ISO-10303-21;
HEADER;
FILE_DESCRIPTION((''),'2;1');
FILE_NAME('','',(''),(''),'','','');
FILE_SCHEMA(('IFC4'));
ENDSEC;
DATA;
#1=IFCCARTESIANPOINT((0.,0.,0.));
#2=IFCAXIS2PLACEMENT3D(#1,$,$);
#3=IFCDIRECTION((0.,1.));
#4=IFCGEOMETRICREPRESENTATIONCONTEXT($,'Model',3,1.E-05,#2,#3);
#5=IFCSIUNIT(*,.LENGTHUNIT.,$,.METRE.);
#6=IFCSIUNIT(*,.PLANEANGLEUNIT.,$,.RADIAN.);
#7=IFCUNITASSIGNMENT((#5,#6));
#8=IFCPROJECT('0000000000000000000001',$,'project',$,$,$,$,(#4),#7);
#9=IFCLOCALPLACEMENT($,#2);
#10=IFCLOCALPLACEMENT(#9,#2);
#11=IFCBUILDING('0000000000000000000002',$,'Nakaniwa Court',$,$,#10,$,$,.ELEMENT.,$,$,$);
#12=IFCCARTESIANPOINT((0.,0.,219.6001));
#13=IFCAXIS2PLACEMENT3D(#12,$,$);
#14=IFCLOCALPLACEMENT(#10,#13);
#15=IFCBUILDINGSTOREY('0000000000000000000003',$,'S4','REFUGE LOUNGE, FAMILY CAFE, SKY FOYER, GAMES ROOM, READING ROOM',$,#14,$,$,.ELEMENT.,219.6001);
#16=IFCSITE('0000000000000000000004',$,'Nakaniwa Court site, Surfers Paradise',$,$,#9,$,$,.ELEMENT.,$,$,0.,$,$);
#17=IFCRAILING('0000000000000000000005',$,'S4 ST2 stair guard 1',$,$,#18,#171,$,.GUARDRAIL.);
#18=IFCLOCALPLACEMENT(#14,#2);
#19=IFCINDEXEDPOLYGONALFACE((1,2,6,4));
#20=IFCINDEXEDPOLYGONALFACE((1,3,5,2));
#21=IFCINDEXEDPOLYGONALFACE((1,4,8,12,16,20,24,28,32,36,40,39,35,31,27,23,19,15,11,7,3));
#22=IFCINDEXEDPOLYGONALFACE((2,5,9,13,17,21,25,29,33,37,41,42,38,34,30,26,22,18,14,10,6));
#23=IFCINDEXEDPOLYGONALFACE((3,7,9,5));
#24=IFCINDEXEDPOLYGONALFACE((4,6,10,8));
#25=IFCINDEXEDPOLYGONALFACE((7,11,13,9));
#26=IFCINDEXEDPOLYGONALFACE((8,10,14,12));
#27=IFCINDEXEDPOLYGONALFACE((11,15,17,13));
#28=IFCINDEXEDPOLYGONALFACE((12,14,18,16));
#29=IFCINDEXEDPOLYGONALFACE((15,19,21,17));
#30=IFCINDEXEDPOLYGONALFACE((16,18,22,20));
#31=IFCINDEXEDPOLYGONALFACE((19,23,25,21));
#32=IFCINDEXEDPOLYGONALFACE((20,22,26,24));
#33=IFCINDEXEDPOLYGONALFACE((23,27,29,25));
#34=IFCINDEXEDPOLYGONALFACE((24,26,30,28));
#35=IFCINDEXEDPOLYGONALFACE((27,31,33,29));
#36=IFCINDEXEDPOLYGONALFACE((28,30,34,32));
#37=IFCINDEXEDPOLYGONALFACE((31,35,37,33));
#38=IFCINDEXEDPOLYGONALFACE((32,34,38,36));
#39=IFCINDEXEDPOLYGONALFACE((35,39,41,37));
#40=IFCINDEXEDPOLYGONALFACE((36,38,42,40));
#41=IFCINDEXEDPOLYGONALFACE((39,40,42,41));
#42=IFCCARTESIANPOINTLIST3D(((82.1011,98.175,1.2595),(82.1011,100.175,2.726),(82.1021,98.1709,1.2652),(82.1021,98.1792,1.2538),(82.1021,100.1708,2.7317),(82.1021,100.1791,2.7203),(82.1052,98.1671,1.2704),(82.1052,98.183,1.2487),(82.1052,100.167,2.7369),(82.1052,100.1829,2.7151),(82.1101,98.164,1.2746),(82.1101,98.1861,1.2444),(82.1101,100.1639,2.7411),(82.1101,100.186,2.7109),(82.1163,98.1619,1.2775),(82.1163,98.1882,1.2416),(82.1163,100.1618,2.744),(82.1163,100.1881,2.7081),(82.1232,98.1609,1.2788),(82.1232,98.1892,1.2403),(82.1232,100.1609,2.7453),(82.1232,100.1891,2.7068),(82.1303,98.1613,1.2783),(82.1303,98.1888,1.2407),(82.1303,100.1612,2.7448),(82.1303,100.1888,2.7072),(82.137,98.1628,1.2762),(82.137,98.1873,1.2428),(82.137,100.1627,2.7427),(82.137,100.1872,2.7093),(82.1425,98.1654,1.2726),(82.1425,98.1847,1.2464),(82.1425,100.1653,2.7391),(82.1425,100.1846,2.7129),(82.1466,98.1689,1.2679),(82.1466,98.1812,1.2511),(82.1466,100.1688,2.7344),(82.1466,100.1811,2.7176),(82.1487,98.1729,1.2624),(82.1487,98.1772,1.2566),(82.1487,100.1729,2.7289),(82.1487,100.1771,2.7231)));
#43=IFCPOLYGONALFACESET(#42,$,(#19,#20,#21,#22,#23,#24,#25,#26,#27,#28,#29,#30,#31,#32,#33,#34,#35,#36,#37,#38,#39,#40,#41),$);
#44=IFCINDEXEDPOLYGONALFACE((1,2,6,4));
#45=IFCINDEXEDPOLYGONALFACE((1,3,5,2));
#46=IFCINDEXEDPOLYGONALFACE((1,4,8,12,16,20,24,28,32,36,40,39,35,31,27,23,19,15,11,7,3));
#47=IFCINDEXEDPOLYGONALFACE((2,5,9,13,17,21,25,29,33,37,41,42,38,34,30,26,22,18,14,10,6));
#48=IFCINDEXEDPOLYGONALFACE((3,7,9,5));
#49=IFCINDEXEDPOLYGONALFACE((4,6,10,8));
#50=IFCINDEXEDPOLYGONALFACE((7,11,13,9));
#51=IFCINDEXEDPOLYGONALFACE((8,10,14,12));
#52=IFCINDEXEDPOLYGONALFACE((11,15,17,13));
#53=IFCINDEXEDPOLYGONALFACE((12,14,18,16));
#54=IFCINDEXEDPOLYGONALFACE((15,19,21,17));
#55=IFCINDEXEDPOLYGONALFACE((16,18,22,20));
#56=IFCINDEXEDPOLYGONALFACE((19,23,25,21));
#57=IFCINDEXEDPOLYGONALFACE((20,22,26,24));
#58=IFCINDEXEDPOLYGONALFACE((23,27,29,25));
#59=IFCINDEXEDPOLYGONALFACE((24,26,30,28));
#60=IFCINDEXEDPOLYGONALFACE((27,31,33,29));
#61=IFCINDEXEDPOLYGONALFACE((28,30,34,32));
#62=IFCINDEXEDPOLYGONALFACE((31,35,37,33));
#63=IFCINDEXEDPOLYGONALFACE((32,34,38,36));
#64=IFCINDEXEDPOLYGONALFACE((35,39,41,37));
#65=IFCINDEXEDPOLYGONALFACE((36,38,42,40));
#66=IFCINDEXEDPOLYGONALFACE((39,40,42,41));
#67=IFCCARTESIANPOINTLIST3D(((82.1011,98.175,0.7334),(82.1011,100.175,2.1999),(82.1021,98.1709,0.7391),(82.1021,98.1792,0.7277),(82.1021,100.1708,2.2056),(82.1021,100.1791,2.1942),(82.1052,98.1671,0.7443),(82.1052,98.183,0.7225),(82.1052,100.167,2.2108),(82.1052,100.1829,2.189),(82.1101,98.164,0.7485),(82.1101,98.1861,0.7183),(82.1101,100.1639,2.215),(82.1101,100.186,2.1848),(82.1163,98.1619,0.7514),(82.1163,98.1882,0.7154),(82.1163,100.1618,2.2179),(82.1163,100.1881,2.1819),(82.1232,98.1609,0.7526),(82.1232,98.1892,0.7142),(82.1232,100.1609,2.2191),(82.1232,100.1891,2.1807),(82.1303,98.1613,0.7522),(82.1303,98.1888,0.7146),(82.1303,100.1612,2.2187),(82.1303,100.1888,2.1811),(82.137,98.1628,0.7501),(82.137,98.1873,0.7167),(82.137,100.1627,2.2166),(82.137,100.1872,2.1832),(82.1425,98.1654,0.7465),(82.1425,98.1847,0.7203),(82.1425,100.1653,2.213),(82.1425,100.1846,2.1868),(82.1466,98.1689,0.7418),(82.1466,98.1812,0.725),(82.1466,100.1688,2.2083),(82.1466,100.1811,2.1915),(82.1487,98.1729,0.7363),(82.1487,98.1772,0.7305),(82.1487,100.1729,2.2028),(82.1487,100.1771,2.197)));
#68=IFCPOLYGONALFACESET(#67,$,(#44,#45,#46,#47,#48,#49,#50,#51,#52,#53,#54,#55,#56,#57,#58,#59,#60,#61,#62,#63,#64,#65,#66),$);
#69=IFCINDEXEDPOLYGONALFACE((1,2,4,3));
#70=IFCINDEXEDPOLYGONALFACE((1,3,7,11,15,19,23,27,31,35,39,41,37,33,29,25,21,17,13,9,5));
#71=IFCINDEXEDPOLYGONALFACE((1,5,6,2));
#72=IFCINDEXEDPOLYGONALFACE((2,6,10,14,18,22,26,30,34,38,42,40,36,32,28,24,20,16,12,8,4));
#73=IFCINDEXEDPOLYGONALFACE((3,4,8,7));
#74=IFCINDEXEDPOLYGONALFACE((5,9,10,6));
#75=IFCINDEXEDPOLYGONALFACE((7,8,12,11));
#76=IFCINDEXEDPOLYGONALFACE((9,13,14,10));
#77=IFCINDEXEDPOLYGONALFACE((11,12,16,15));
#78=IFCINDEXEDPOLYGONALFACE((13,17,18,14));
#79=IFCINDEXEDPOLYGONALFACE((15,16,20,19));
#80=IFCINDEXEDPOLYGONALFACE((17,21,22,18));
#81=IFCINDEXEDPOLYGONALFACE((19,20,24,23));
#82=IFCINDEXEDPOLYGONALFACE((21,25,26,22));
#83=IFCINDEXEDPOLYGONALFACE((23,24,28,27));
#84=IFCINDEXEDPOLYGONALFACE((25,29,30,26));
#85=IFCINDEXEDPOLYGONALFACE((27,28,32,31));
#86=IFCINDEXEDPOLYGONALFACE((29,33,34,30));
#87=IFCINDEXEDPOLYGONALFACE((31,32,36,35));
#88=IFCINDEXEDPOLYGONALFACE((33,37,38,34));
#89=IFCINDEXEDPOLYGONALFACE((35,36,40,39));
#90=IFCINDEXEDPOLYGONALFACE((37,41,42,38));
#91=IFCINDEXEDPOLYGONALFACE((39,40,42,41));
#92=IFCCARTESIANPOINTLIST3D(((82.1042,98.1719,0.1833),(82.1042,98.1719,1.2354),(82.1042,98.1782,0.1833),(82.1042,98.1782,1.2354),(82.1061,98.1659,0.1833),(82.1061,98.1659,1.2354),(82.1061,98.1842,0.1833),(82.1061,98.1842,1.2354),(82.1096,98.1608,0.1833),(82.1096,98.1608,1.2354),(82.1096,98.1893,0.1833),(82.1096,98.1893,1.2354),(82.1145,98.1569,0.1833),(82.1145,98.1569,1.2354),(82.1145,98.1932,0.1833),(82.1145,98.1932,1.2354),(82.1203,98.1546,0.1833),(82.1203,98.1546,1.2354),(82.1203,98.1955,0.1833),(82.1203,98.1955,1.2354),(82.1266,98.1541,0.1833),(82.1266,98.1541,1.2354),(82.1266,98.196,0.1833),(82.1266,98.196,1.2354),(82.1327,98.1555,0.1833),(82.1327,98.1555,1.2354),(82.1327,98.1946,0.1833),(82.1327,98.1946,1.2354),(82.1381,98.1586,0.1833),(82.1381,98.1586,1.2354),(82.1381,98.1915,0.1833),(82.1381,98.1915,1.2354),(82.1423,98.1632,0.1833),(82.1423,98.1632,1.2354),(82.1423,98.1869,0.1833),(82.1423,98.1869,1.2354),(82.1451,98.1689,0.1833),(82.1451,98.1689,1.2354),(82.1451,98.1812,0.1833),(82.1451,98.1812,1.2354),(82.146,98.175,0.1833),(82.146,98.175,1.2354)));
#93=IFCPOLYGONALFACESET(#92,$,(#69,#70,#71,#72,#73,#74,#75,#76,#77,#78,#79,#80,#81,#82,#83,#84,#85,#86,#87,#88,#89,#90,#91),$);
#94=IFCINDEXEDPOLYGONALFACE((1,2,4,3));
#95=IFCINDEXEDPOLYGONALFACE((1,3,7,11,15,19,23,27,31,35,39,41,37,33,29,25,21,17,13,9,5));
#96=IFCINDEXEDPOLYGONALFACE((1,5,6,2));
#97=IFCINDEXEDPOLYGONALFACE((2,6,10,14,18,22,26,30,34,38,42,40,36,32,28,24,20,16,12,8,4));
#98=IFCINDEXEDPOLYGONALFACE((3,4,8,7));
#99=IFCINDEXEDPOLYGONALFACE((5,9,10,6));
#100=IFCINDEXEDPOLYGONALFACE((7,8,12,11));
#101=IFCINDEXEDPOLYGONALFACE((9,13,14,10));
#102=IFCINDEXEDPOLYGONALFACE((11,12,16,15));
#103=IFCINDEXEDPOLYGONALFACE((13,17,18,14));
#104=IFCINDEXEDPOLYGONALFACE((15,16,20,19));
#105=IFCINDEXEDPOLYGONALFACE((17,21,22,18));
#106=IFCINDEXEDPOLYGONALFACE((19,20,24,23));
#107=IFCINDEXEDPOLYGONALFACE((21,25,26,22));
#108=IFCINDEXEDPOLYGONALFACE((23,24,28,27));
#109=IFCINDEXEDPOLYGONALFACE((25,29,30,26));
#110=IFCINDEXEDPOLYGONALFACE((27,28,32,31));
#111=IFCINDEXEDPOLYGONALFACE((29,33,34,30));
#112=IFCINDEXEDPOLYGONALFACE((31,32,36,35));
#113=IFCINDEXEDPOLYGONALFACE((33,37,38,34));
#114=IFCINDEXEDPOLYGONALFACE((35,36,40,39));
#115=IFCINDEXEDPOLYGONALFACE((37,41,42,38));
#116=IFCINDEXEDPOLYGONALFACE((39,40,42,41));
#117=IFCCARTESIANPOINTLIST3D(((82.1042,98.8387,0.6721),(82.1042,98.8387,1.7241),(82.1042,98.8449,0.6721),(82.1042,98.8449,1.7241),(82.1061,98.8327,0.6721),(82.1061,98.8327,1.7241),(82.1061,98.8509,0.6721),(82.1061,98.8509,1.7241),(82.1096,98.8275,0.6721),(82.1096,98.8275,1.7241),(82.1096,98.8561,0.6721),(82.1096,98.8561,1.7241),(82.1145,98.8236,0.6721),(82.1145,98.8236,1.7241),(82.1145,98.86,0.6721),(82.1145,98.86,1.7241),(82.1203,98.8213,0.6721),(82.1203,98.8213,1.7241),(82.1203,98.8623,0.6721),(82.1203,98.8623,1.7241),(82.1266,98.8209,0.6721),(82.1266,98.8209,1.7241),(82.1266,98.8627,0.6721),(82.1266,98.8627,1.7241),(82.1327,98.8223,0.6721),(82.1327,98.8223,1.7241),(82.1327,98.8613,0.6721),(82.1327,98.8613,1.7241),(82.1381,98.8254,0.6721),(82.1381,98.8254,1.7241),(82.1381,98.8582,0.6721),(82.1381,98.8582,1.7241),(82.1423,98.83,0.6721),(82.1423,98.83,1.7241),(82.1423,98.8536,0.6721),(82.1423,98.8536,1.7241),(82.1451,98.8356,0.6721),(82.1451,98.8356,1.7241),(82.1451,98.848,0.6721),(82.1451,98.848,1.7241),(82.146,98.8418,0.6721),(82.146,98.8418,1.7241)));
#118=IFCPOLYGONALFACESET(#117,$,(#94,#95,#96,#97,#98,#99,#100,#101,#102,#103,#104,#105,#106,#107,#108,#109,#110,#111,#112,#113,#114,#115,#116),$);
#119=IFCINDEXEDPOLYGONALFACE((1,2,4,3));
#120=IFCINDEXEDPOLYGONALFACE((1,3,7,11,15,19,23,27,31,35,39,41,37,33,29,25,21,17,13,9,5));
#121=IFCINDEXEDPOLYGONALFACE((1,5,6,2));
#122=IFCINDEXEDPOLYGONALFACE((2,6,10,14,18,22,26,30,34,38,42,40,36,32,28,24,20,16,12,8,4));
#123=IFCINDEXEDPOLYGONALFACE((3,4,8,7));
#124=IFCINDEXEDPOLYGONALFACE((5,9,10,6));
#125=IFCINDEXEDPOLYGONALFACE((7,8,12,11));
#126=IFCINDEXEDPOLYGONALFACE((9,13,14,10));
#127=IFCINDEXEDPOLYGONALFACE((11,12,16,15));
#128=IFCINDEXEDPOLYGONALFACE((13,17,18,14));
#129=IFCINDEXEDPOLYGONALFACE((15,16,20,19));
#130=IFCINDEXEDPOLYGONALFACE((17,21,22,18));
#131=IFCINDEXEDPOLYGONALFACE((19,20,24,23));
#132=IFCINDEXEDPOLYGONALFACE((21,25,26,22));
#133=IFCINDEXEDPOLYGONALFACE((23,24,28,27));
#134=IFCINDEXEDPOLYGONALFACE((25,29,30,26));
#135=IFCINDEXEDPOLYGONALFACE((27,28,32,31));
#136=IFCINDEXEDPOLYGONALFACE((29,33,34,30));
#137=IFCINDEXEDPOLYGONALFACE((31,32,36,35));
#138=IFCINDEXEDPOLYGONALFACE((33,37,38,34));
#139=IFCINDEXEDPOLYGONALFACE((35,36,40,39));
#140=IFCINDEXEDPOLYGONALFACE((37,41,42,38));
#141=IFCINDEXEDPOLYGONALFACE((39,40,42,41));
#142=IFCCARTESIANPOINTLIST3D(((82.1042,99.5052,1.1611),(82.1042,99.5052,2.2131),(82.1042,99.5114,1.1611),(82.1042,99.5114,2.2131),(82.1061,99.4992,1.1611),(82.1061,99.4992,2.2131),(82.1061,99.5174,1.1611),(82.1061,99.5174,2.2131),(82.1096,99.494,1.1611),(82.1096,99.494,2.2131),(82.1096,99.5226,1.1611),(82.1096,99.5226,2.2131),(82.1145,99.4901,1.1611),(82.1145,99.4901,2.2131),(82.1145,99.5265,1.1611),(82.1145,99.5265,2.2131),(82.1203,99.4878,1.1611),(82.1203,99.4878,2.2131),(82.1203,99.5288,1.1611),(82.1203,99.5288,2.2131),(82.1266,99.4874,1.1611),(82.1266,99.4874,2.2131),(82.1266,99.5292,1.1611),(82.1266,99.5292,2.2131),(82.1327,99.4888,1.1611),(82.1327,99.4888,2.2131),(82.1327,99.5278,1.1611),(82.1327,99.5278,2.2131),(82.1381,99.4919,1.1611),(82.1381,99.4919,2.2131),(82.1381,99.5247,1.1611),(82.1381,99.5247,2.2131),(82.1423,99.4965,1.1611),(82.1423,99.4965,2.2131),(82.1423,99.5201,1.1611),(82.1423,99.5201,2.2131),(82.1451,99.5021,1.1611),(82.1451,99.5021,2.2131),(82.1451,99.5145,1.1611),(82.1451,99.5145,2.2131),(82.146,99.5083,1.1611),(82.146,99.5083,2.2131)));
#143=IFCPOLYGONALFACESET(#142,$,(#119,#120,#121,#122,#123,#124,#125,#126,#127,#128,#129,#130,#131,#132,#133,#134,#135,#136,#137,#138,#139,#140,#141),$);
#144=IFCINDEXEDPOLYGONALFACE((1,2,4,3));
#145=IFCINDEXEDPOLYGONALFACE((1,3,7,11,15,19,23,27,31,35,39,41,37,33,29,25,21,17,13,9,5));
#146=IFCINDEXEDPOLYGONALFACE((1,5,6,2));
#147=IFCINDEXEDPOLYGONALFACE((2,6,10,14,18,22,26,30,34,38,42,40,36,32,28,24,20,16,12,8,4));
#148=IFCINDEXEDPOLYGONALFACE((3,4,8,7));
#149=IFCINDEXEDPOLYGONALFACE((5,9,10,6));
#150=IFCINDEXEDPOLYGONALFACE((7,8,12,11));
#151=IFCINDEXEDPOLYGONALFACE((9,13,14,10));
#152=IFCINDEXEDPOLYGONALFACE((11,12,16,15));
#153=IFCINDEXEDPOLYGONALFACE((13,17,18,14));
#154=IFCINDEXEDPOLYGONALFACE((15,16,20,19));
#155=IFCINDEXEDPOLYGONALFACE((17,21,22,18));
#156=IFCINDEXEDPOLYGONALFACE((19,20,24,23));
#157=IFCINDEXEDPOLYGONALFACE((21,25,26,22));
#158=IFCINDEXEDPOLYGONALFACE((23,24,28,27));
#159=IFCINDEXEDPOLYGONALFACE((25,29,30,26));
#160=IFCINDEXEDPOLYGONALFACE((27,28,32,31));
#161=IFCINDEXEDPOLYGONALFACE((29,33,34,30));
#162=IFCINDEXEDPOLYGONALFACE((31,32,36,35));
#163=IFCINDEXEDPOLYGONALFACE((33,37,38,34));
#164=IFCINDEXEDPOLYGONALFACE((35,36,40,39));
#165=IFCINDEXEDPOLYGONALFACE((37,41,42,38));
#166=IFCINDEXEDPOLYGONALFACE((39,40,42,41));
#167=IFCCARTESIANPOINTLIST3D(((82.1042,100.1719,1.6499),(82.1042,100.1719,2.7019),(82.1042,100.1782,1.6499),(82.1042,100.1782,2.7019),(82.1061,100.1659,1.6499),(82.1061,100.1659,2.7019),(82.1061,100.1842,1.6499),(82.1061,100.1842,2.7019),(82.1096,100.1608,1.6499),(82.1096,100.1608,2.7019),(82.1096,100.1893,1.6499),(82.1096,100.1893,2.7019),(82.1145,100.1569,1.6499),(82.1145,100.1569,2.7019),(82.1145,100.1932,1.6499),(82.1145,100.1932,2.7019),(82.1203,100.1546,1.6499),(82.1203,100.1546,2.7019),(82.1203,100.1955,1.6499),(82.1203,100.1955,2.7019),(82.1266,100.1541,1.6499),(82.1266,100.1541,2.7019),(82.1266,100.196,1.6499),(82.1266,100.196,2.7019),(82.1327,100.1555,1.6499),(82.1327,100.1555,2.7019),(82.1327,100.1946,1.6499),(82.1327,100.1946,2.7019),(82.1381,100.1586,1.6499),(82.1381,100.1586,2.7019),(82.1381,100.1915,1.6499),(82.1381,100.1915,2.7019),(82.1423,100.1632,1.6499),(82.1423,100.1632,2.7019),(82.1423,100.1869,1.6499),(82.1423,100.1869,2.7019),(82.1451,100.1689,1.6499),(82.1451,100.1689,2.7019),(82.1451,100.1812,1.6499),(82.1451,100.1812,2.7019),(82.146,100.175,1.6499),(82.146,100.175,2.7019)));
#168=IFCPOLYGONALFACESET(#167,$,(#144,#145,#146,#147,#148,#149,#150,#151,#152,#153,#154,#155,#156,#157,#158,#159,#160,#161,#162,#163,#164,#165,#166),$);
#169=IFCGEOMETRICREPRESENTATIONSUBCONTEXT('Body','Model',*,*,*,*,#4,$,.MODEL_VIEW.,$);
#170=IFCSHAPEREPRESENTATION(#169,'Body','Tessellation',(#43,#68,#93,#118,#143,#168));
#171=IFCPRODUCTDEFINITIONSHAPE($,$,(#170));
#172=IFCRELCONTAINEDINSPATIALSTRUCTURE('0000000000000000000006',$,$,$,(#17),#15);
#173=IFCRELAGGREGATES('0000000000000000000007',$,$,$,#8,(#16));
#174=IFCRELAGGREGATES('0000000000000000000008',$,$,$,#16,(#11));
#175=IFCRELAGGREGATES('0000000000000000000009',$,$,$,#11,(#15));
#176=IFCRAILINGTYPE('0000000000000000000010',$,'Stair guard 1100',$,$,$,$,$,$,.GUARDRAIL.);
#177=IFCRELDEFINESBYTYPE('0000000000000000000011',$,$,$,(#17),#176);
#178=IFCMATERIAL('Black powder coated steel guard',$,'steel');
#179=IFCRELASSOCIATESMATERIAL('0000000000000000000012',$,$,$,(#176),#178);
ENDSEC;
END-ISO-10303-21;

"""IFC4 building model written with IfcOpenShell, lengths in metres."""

from ifc_helpers import new_model, si_unit, direction, frame, origin, origin_2d, place, context, subcontext, project, spatial, circle, extrude, material, type_object, element, save


model = new_model("IFC4")

# Units and contexts
model_context = context("Model", 3, precision=1e-05, world=origin(), true_north=direction((0.0, 1.0)))
body_context = subcontext(model_context, "Body", "Model", "MODEL_VIEW")
ifc_project = project(units=[si_unit("LENGTHUNIT", "METRE"), si_unit("PLANEANGLEUNIT", "RADIAN")], contexts=[model_context])

# Site, building, storey
site_placement = place(None, origin())
site = spatial("IfcSite", under=ifc_project, at=site_placement, Name="Nakaniwa Court site, Surfers Paradise", CompositionType="ELEMENT", RefElevation=0.0)
building_placement = place(site_placement, origin())
building = spatial("IfcBuilding", under=site, at=building_placement, Name="Nakaniwa Court", CompositionType="ELEMENT")
storey_placement = place(building_placement, frame((0.0, 0.0, 219.6001)))
storey = spatial("IfcBuildingStorey", under=building, at=storey_placement, Name="S4", Description="REFUGE LOUNGE, FAMILY CAFE, SKY FOYER, GAMES ROOM, READING ROOM", CompositionType="ELEMENT", Elevation=219.6001)

# Railing
ifc_material_1 = material(Name="Black powder coated steel guard", Category="steel")
railing_type_1 = type_object("IfcRailingType", Name="Stair guard 1100", PredefinedType="GUARDRAIL", material=ifc_material_1)
railing_1_placement = place(storey_placement, frame((82.125, 98.175, 0.1833)))
element("IfcRailing", 1, at=railing_1_placement, inside=storey, type_object=railing_type_1, Name="S4 ST2 stair guard 1", PredefinedType="GUARDRAIL", context=body_context, shape_type="SweptSolid", body=[
    extrude(circle(Radius=0.0239, at=origin_2d()), frame((0.0, 0.0, 1.0762), z_axis=(0.0, 0.806427, 0.591334), x_axis=(-1.0, 0.0, 0.0)), (0.0, 0.0, 1.0), 2.48),
    extrude(circle(Radius=0.0239, at=origin_2d()), frame((0.0, 0.0, 0.55), z_axis=(0.0, 0.806427, 0.591334), x_axis=(-1.0, 0.0, 0.0)), (0.0, 0.0, 1.0), 2.48),
    extrude(circle(Radius=0.021, at=origin_2d()), origin(), (0.0, 0.0, 1.0), 1.052),
    extrude(circle(Radius=0.021, at=origin_2d()), frame((0.0, 0.6667, 0.4888)), (0.0, 0.0, 1.0), 1.052),
    extrude(circle(Radius=0.021, at=origin_2d()), frame((0.0, 1.3333, 0.9778)), (0.0, 0.0, 1.0), 1.052),
    extrude(circle(Radius=0.021, at=origin_2d()), frame((0.0, 2.0, 1.4666)), (0.0, 0.0, 1.0), 1.052),
])

save(model, "model.ifc")
